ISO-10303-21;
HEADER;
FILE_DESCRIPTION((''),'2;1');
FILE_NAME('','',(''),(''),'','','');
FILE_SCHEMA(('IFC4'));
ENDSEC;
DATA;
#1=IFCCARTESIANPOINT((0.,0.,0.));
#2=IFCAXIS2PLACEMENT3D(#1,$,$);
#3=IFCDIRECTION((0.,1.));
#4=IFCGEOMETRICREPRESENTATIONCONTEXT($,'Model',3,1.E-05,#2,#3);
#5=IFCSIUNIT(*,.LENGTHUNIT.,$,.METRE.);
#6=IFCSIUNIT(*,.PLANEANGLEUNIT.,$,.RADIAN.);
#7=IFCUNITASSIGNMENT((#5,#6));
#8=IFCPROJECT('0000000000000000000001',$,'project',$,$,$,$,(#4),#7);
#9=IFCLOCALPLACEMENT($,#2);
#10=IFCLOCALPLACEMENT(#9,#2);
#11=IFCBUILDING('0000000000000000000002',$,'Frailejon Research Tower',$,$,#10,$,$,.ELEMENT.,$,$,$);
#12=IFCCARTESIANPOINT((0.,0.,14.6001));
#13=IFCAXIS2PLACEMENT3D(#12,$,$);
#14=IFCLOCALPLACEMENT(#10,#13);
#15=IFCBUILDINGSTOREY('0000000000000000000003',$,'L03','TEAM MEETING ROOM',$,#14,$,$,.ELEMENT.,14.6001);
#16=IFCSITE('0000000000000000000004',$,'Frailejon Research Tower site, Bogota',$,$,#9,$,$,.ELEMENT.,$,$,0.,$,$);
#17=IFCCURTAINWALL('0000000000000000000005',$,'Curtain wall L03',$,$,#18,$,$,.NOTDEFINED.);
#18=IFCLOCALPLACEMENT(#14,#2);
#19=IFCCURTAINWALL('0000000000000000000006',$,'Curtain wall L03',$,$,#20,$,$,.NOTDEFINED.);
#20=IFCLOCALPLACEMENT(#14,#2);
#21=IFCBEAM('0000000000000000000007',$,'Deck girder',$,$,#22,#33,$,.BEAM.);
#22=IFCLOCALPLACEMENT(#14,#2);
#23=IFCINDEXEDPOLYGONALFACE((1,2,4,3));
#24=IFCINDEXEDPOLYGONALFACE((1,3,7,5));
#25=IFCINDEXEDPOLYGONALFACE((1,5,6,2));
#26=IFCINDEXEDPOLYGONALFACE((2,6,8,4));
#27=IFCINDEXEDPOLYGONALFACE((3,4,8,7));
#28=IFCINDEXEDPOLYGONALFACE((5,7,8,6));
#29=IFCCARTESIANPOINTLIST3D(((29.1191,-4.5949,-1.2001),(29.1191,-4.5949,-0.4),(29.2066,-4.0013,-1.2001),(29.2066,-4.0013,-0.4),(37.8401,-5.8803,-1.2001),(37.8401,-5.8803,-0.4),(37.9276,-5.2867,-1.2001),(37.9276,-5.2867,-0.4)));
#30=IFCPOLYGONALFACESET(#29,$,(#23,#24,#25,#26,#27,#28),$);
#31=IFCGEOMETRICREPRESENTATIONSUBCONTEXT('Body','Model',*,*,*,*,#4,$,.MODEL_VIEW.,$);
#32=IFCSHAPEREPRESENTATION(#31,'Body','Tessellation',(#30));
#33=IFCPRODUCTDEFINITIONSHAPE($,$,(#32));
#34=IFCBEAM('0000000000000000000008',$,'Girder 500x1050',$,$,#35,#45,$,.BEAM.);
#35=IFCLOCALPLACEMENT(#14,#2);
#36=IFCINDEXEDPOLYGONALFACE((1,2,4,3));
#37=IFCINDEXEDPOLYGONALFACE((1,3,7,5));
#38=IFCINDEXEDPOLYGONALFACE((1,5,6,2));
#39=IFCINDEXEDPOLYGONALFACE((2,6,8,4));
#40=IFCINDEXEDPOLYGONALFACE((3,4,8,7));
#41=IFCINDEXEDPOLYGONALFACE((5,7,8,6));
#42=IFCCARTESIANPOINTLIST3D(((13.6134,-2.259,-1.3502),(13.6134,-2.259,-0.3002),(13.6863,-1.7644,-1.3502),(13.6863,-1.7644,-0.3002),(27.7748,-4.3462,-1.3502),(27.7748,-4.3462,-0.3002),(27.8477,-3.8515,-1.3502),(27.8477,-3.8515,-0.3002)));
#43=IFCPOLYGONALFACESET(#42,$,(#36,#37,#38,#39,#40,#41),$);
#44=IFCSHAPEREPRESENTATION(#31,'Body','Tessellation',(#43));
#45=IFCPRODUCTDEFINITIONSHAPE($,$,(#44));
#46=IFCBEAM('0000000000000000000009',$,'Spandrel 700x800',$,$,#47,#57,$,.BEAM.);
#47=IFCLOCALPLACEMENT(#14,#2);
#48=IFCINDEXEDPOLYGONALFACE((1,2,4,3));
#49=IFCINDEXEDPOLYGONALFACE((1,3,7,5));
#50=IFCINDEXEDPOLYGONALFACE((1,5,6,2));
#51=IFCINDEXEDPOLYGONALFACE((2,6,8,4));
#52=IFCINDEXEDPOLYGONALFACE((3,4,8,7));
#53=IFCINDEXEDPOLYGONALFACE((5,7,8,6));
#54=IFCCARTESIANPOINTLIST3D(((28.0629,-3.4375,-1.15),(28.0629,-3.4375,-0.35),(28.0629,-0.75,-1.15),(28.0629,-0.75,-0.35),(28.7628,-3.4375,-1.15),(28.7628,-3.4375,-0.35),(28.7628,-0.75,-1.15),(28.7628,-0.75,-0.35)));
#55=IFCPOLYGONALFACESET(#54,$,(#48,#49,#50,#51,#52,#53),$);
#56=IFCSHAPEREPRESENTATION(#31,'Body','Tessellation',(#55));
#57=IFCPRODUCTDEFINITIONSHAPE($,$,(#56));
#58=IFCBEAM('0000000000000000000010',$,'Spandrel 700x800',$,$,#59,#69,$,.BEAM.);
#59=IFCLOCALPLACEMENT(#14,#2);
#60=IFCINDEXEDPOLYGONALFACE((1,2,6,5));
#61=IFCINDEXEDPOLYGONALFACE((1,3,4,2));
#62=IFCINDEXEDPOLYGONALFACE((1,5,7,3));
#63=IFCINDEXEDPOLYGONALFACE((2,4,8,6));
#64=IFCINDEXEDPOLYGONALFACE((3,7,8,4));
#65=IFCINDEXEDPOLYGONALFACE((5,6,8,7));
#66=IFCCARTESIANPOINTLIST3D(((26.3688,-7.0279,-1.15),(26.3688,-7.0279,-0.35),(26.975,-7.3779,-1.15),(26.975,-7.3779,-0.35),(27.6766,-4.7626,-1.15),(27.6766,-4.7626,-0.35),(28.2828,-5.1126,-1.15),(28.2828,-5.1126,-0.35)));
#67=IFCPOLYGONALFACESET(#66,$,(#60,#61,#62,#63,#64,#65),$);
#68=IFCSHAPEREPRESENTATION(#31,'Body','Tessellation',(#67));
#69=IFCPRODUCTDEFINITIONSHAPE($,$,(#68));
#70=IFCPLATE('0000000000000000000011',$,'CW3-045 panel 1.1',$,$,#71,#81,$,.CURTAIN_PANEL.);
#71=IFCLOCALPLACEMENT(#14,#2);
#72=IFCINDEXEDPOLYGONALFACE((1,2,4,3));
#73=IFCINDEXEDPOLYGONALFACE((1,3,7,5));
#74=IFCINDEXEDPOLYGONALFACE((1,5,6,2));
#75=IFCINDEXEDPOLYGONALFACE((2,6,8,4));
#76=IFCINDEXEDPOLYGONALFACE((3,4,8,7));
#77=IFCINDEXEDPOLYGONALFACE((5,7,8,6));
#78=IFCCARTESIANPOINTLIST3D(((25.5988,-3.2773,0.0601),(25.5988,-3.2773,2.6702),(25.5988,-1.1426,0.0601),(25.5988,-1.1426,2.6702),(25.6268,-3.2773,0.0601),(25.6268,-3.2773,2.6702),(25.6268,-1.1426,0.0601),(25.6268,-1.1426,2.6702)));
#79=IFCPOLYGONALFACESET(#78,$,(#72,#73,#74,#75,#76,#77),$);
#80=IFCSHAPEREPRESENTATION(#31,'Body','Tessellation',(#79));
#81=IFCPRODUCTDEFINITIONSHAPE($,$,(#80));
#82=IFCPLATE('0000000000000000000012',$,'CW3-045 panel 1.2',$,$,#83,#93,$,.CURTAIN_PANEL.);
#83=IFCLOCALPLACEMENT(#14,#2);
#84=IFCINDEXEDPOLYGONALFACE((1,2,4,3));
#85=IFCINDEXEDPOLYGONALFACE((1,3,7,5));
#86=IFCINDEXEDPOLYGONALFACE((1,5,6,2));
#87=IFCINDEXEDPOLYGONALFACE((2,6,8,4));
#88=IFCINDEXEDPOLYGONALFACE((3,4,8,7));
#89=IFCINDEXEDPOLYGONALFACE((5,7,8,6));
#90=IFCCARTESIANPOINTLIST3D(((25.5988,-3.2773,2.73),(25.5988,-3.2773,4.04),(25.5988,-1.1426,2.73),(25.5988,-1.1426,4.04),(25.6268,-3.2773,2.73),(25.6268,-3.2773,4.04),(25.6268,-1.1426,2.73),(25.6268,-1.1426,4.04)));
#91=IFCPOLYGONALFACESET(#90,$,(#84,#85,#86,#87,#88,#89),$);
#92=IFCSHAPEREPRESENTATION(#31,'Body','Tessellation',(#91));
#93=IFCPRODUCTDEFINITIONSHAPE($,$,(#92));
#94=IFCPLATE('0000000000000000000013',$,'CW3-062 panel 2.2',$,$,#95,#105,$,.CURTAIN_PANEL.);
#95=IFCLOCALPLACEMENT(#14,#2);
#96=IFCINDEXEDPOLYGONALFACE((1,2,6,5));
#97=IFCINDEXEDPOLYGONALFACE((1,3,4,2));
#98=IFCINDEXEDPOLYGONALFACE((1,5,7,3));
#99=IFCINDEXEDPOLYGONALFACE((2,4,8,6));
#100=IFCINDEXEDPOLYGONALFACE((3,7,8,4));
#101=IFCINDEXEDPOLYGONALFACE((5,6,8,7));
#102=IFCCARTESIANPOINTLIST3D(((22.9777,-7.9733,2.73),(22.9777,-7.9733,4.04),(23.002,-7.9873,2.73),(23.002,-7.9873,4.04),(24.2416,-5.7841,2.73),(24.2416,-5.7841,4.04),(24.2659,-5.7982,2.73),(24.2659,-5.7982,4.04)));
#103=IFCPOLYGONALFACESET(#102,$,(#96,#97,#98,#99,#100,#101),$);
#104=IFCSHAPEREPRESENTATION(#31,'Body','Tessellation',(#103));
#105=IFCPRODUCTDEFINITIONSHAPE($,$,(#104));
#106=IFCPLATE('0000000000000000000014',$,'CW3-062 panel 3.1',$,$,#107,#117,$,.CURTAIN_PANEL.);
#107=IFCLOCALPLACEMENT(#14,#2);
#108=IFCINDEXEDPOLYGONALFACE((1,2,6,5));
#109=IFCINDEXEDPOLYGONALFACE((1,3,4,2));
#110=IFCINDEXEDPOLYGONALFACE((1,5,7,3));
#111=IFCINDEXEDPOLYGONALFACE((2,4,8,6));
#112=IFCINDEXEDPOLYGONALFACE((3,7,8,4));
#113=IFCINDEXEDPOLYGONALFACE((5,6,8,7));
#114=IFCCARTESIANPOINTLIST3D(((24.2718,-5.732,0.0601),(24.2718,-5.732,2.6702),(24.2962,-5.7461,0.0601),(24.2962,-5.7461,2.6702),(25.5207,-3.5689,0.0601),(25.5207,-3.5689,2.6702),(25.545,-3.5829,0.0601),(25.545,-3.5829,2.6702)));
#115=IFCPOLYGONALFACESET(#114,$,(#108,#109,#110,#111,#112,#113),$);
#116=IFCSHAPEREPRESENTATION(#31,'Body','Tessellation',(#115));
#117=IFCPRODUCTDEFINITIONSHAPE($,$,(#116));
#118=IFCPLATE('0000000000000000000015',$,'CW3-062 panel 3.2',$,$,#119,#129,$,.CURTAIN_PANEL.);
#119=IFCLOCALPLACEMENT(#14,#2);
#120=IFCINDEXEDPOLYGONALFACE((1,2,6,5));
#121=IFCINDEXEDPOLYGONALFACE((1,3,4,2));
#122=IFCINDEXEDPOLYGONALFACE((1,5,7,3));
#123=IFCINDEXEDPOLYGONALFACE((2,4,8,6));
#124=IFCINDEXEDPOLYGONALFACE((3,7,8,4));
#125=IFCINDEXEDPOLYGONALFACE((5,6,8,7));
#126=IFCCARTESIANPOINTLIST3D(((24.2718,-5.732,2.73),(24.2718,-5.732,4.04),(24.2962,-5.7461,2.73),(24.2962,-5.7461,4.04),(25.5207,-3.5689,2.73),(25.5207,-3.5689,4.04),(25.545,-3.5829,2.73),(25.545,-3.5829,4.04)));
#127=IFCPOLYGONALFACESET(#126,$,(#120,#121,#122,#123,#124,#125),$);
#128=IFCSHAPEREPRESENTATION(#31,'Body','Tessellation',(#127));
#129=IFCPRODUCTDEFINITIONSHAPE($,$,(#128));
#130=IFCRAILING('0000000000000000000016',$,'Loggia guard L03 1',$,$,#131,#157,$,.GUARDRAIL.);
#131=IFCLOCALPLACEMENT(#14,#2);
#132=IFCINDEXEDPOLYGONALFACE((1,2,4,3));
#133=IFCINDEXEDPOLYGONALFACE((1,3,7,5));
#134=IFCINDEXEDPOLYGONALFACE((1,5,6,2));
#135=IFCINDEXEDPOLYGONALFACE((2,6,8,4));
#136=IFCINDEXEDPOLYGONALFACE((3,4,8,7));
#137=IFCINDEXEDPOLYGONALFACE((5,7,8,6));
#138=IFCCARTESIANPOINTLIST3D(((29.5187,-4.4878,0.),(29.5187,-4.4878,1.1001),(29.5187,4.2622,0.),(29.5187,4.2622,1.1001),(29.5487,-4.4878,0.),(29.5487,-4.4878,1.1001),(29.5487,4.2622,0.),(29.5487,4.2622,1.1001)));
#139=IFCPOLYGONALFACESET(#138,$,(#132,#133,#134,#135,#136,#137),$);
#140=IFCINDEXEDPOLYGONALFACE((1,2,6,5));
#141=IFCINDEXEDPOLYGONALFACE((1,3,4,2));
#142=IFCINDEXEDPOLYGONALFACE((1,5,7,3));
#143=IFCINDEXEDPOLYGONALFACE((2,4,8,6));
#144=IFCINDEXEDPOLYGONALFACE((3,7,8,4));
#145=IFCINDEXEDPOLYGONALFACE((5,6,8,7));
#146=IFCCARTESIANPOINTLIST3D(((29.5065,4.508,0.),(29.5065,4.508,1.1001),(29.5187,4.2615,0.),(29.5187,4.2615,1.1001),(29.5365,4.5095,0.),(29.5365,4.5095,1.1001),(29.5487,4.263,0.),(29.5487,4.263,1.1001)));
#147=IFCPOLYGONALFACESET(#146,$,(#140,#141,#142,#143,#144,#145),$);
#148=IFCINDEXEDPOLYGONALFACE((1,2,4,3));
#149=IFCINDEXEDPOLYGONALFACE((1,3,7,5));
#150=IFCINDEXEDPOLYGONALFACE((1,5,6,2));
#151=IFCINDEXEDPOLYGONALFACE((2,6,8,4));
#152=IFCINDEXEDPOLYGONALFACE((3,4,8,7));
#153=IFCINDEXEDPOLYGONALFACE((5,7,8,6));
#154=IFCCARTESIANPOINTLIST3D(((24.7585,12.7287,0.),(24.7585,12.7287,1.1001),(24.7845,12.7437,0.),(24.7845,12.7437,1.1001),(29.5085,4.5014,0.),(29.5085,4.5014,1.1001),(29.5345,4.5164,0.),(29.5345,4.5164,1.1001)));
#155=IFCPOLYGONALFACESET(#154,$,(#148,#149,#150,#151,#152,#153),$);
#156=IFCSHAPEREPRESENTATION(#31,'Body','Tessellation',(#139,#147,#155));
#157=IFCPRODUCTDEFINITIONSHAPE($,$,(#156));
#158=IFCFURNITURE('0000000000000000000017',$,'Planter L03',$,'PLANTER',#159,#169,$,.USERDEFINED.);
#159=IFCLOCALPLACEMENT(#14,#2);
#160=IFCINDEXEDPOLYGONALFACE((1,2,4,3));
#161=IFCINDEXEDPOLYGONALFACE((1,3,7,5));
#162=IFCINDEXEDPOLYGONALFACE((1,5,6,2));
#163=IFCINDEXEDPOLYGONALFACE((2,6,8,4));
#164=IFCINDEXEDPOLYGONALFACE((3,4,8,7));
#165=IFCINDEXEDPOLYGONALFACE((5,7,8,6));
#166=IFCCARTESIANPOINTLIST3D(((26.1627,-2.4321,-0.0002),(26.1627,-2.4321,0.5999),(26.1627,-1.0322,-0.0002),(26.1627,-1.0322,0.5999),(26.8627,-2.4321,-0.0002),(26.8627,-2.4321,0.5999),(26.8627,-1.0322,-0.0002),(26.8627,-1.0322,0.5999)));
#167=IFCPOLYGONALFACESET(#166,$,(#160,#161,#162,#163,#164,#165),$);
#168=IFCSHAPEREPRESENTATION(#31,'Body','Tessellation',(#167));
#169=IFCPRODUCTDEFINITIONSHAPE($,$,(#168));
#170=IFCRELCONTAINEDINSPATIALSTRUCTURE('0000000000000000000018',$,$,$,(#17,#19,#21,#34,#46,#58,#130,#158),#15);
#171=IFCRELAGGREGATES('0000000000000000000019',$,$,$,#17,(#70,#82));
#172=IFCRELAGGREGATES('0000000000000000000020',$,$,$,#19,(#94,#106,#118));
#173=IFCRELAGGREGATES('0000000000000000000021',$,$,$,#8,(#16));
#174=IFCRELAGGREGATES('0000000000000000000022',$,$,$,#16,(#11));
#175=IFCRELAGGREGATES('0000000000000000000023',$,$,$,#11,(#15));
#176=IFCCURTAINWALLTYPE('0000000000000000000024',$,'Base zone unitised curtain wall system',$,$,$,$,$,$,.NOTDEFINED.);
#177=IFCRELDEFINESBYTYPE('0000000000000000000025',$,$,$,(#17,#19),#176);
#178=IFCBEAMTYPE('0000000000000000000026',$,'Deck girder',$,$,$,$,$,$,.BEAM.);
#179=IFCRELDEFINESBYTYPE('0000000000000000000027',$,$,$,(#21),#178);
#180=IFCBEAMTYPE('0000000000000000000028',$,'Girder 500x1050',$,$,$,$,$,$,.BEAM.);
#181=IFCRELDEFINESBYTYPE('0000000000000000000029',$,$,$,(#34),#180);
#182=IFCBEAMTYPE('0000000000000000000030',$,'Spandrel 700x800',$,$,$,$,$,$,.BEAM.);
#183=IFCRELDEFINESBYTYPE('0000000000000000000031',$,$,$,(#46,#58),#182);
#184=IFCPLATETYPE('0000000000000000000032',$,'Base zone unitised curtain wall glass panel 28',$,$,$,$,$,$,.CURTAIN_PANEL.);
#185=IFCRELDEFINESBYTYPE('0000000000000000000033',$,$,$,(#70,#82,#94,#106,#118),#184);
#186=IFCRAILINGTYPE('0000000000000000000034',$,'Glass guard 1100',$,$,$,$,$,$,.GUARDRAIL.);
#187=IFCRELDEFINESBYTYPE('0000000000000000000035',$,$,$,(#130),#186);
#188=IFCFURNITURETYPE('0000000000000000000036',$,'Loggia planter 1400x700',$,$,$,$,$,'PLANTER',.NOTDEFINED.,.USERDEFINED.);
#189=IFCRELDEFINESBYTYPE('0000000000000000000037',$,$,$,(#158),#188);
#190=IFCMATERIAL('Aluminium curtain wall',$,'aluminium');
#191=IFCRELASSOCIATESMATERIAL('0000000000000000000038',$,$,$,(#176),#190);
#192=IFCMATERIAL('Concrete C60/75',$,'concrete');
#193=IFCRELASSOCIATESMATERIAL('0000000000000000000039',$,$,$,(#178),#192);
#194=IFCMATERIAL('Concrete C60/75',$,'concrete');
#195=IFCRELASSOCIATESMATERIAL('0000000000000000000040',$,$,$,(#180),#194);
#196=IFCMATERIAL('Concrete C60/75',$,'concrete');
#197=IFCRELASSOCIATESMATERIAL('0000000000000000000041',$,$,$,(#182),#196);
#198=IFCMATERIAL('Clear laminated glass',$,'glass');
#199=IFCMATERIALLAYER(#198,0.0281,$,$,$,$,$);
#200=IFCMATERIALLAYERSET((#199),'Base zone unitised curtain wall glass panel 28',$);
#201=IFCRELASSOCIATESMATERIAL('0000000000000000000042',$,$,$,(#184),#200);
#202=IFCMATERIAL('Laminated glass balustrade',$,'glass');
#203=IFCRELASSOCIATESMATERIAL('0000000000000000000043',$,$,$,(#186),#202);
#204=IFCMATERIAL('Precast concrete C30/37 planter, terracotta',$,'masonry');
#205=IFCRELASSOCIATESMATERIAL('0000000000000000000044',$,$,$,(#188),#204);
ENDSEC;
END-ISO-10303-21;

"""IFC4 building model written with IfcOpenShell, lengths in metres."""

from ifc_helpers import new_model, si_unit, direction, frame, origin, origin_2d, place, context, subcontext, project, spatial, rectangle, extrude, material, layer, layer_set, material_profile, profile_set, type_object, element, aggregate, save


model = new_model("IFC4")

# Units and contexts
model_context = context("Model", 3, precision=1e-05, world=origin(), true_north=direction((0.0, 1.0)))
body_context = subcontext(model_context, "Body", "Model", "MODEL_VIEW")
ifc_project = project(units=[si_unit("LENGTHUNIT", "METRE"), si_unit("PLANEANGLEUNIT", "RADIAN")], contexts=[model_context])

# Site, building, storey
site_placement = place(None, origin())
site = spatial("IfcSite", under=ifc_project, at=site_placement, Name="Frailejon Research Tower site, Bogota", CompositionType="ELEMENT", RefElevation=0.0)
building_placement = place(site_placement, origin())
building = spatial("IfcBuilding", under=site, at=building_placement, Name="Frailejon Research Tower", CompositionType="ELEMENT")
storey_placement = place(building_placement, frame((0.0, 0.0, 14.6001)))
storey = spatial("IfcBuildingStorey", under=building, at=storey_placement, Name="L03", Description="TEAM MEETING ROOM", CompositionType="ELEMENT", Elevation=14.6001)

# Curtain walls
ifc_material_1 = material(Name="Aluminium curtain wall", Category="aluminium")
curtain_wall_type = type_object("IfcCurtainWallType", Name="Base zone unitised curtain wall system", PredefinedType="NOTDEFINED", material=ifc_material_1)
curtain_wall_1_placement = place(storey_placement, origin())
curtain_wall_1 = element("IfcCurtainWall", 1, at=curtain_wall_1_placement, inside=storey, type_object=curtain_wall_type, Name="Curtain wall L03", PredefinedType="NOTDEFINED")
curtain_wall_2_placement = place(storey_placement, origin())
curtain_wall_2 = element("IfcCurtainWall", 2, at=curtain_wall_2_placement, inside=storey, type_object=curtain_wall_type, Name="Curtain wall L03", PredefinedType="NOTDEFINED")

# Beams
ifc_material_2 = material(Name="Concrete C60/75", Category="concrete")
ifc_material_profile_1 = material_profile(ifc_material_2, rectangle(XDim=0.6001, YDim=0.8, at=origin_2d()), Name="Deck girder")
ifc_profile_set_1 = profile_set([ifc_material_profile_1], Name="Concrete C60/75")
beam_type_1 = type_object("IfcBeamType", Name="Deck girder", PredefinedType="BEAM", material=ifc_profile_set_1)
beam_1_placement = place(storey_placement, frame((29.1628, -4.2981, -0.8), z_axis=(0.989312, -0.145817, 0.0), x_axis=(0.145817, 0.989312, 0.0)))
element("IfcBeam", 3, at=beam_1_placement, inside=storey, type_object=beam_type_1, Name="Deck girder", PredefinedType="BEAM", context=body_context, shape_type="SweptSolid", body=[
    extrude(rectangle(XDim=0.6001, YDim=0.8, at=origin_2d()), origin(), (0.0, 0.0, 1.0), 8.8152),
])
ifc_material_3 = material(Name="Concrete C60/75", Category="concrete")
ifc_material_profile_2 = material_profile(ifc_material_3, rectangle(XDim=0.5, YDim=1.05, at=origin_2d()), Name="Girder 500x1050")
ifc_profile_set_2 = profile_set([ifc_material_profile_2], Name="Concrete C60/75")
beam_type_2 = type_object("IfcBeamType", Name="Girder 500x1050", PredefinedType="BEAM", material=ifc_profile_set_2)
beam_2_placement = place(storey_placement, frame((27.8113, -4.0989, -0.8252), z_axis=(-0.989313, 0.145809, 0.0), x_axis=(-0.145809, -0.989313, 0.0)))
element("IfcBeam", 4, at=beam_2_placement, inside=storey, type_object=beam_type_2, Name="Girder 500x1050", PredefinedType="BEAM", context=body_context, shape_type="SweptSolid", body=[
    extrude(rectangle(XDim=0.5, YDim=1.05, at=origin_2d()), origin(), (0.0, 0.0, 1.0), 14.3145),
])
ifc_material_4 = material(Name="Concrete C60/75", Category="concrete")
ifc_material_profile_3 = material_profile(ifc_material_4, rectangle(XDim=0.7, YDim=0.8, at=origin_2d()), Name="Spandrel 700x800")
ifc_profile_set_3 = profile_set([ifc_material_profile_3], Name="Concrete C60/75")
beam_type_3 = type_object("IfcBeamType", Name="Spandrel 700x800", PredefinedType="BEAM", material=ifc_profile_set_3)
beam_3_placement = place(storey_placement, frame((28.4128, -3.4375, -0.75), z_axis=(0.0, 1.0, 0.0), x_axis=(-1.0, 0.0, 0.0)))
element("IfcBeam", 5, at=beam_3_placement, inside=storey, type_object=beam_type_3, Name="Spandrel 700x800", PredefinedType="BEAM", context=body_context, shape_type="SweptSolid", body=[
    extrude(rectangle(XDim=0.7, YDim=0.8, at=origin_2d()), origin(), (0.0, 0.0, 1.0), 2.6875),
])
beam_4_placement = place(storey_placement, frame((26.6719, -7.2029, -0.75), z_axis=(0.499984, 0.866035, 0.0), x_axis=(-0.866035, 0.499984, 0.0)))
element("IfcBeam", 6, at=beam_4_placement, inside=storey, type_object=beam_type_3, Name="Spandrel 700x800", PredefinedType="BEAM", context=body_context, shape_type="SweptSolid", body=[
    extrude(rectangle(XDim=0.7, YDim=0.8, at=origin_2d()), origin(), (0.0, 0.0, 1.0), 2.6157),
])

# Plates
ifc_material_5 = material(Name="Clear laminated glass", Category="glass")
ifc_layer = layer(ifc_material_5, 0.0281)
ifc_layer_set = layer_set([ifc_layer], Name="Base zone unitised curtain wall glass panel 28")
plate_type = type_object("IfcPlateType", Name="Base zone unitised curtain wall glass panel 28", PredefinedType="CURTAIN_PANEL", material=ifc_layer_set)
plate_1_placement = place(storey_placement, frame((25.6128, -2.21, 0.0601), z_axis=(0.0, 0.0, 1.0), x_axis=(0.0, 1.0, 0.0)))
plate_1 = element("IfcPlate", 7, at=plate_1_placement, type_object=plate_type, Name="CW3-045 panel 1.1", PredefinedType="CURTAIN_PANEL", context=body_context, shape_type="SweptSolid", body=[
    extrude(rectangle(XDim=2.1348, YDim=0.0281, at=origin_2d()), origin(), (0.0, 0.0, 1.0), 2.6101),
])
plate_2_placement = place(storey_placement, frame((25.6128, -2.21, 2.73), z_axis=(0.0, 0.0, 1.0), x_axis=(0.0, 1.0, 0.0)))
plate_2 = element("IfcPlate", 8, at=plate_2_placement, type_object=plate_type, Name="CW3-045 panel 1.2", PredefinedType="CURTAIN_PANEL", context=body_context, shape_type="SweptSolid", body=[
    extrude(rectangle(XDim=2.1348, YDim=0.0281, at=origin_2d()), origin(), (0.0, 0.0, 1.0), 1.3101),
])
aggregate(curtain_wall_1, [plate_1, plate_2])
plate_3_placement = place(storey_placement, frame((23.6218, -6.8857, 2.73), z_axis=(0.0, 0.0, 1.0), x_axis=(0.499993, 0.866029, 0.0)))
plate_3 = element("IfcPlate", 9, at=plate_3_placement, type_object=plate_type, Name="CW3-062 panel 2.2", PredefinedType="CURTAIN_PANEL", context=body_context, shape_type="SweptSolid", body=[
    extrude(rectangle(XDim=2.5278, YDim=0.0281, at=origin_2d()), origin(), (0.0, 0.0, 1.0), 1.3101),
])
plate_4_placement = place(storey_placement, frame((24.9084, -4.6575, 0.0601), z_axis=(0.0, 0.0, 1.0), x_axis=(0.499993, 0.866029, 0.0)))
plate_4 = element("IfcPlate", 10, at=plate_4_placement, type_object=plate_type, Name="CW3-062 panel 3.1", PredefinedType="CURTAIN_PANEL", context=body_context, shape_type="SweptSolid", body=[
    extrude(rectangle(XDim=2.4978, YDim=0.0281, at=origin_2d()), origin(), (0.0, 0.0, 1.0), 2.6101),
])
plate_5_placement = place(storey_placement, frame((24.9084, -4.6575, 2.73), z_axis=(0.0, 0.0, 1.0), x_axis=(0.499993, 0.866029, 0.0)))
plate_5 = element("IfcPlate", 11, at=plate_5_placement, type_object=plate_type, Name="CW3-062 panel 3.2", PredefinedType="CURTAIN_PANEL", context=body_context, shape_type="SweptSolid", body=[
    extrude(rectangle(XDim=2.4978, YDim=0.0281, at=origin_2d()), origin(), (0.0, 0.0, 1.0), 1.3101),
])
aggregate(curtain_wall_2, [plate_3, plate_4, plate_5])

# Railing
ifc_material_6 = material(Name="Laminated glass balustrade", Category="glass")
railing_type = type_object("IfcRailingType", Name="Glass guard 1100", PredefinedType="GUARDRAIL", material=ifc_material_6)
railing_1_placement = place(storey_placement, frame((29.5337, -4.4878, 0.0)))
element("IfcRailing", 12, at=railing_1_placement, inside=storey, type_object=railing_type, Name="Loggia guard L03 1", PredefinedType="GUARDRAIL", context=body_context, shape_type="SweptSolid", body=[
    extrude(rectangle(XDim=8.75, YDim=0.03, at=origin_2d()), frame((0.0, 4.375, 0.0), z_axis=(0.0, 0.0, 1.0), x_axis=(0.0, 1.0, 0.0)), (0.0, 0.0, 1.0), 1.1001),
    extrude(rectangle(XDim=0.2468, YDim=0.03, at=origin_2d()), frame((-0.0061, 8.8733, 0.0), z_axis=(0.0, 0.0, 1.0), x_axis=(-0.049444, 0.998777, 0.0)), (0.0, 0.0, 1.0), 1.1001),
    extrude(rectangle(XDim=9.5, YDim=0.03, at=origin_2d()), frame((-2.3872, 13.1104, 0.0), z_axis=(0.0, 0.0, 1.0), x_axis=(-0.499998, 0.866027, 0.0)), (0.0, 0.0, 1.0), 1.1001),
])

# Furniture
ifc_material_7 = material(Name="Precast concrete C30/37 planter, terracotta", Category="masonry")
furniture_type = type_object("IfcFurnitureType", Name="Loggia planter 1400x700", ElementType="PLANTER", AssemblyPlace="NOTDEFINED", PredefinedType="USERDEFINED", material=ifc_material_7)
furniture_placement = place(storey_placement, frame((26.5127, -1.7322, -0.0002), z_axis=(0.0, 0.0, 1.0), x_axis=(0.0, 1.0, 0.0)))
element("IfcFurniture", 13, at=furniture_placement, inside=storey, type_object=furniture_type, Name="Planter L03", ObjectType="PLANTER", PredefinedType="USERDEFINED", context=body_context, shape_type="SweptSolid", body=[
    extrude(rectangle(XDim=1.3999, YDim=0.7, at=origin_2d()), origin(), (0.0, 0.0, 1.0), 0.6001),
])

save(model, "model.ifc")
